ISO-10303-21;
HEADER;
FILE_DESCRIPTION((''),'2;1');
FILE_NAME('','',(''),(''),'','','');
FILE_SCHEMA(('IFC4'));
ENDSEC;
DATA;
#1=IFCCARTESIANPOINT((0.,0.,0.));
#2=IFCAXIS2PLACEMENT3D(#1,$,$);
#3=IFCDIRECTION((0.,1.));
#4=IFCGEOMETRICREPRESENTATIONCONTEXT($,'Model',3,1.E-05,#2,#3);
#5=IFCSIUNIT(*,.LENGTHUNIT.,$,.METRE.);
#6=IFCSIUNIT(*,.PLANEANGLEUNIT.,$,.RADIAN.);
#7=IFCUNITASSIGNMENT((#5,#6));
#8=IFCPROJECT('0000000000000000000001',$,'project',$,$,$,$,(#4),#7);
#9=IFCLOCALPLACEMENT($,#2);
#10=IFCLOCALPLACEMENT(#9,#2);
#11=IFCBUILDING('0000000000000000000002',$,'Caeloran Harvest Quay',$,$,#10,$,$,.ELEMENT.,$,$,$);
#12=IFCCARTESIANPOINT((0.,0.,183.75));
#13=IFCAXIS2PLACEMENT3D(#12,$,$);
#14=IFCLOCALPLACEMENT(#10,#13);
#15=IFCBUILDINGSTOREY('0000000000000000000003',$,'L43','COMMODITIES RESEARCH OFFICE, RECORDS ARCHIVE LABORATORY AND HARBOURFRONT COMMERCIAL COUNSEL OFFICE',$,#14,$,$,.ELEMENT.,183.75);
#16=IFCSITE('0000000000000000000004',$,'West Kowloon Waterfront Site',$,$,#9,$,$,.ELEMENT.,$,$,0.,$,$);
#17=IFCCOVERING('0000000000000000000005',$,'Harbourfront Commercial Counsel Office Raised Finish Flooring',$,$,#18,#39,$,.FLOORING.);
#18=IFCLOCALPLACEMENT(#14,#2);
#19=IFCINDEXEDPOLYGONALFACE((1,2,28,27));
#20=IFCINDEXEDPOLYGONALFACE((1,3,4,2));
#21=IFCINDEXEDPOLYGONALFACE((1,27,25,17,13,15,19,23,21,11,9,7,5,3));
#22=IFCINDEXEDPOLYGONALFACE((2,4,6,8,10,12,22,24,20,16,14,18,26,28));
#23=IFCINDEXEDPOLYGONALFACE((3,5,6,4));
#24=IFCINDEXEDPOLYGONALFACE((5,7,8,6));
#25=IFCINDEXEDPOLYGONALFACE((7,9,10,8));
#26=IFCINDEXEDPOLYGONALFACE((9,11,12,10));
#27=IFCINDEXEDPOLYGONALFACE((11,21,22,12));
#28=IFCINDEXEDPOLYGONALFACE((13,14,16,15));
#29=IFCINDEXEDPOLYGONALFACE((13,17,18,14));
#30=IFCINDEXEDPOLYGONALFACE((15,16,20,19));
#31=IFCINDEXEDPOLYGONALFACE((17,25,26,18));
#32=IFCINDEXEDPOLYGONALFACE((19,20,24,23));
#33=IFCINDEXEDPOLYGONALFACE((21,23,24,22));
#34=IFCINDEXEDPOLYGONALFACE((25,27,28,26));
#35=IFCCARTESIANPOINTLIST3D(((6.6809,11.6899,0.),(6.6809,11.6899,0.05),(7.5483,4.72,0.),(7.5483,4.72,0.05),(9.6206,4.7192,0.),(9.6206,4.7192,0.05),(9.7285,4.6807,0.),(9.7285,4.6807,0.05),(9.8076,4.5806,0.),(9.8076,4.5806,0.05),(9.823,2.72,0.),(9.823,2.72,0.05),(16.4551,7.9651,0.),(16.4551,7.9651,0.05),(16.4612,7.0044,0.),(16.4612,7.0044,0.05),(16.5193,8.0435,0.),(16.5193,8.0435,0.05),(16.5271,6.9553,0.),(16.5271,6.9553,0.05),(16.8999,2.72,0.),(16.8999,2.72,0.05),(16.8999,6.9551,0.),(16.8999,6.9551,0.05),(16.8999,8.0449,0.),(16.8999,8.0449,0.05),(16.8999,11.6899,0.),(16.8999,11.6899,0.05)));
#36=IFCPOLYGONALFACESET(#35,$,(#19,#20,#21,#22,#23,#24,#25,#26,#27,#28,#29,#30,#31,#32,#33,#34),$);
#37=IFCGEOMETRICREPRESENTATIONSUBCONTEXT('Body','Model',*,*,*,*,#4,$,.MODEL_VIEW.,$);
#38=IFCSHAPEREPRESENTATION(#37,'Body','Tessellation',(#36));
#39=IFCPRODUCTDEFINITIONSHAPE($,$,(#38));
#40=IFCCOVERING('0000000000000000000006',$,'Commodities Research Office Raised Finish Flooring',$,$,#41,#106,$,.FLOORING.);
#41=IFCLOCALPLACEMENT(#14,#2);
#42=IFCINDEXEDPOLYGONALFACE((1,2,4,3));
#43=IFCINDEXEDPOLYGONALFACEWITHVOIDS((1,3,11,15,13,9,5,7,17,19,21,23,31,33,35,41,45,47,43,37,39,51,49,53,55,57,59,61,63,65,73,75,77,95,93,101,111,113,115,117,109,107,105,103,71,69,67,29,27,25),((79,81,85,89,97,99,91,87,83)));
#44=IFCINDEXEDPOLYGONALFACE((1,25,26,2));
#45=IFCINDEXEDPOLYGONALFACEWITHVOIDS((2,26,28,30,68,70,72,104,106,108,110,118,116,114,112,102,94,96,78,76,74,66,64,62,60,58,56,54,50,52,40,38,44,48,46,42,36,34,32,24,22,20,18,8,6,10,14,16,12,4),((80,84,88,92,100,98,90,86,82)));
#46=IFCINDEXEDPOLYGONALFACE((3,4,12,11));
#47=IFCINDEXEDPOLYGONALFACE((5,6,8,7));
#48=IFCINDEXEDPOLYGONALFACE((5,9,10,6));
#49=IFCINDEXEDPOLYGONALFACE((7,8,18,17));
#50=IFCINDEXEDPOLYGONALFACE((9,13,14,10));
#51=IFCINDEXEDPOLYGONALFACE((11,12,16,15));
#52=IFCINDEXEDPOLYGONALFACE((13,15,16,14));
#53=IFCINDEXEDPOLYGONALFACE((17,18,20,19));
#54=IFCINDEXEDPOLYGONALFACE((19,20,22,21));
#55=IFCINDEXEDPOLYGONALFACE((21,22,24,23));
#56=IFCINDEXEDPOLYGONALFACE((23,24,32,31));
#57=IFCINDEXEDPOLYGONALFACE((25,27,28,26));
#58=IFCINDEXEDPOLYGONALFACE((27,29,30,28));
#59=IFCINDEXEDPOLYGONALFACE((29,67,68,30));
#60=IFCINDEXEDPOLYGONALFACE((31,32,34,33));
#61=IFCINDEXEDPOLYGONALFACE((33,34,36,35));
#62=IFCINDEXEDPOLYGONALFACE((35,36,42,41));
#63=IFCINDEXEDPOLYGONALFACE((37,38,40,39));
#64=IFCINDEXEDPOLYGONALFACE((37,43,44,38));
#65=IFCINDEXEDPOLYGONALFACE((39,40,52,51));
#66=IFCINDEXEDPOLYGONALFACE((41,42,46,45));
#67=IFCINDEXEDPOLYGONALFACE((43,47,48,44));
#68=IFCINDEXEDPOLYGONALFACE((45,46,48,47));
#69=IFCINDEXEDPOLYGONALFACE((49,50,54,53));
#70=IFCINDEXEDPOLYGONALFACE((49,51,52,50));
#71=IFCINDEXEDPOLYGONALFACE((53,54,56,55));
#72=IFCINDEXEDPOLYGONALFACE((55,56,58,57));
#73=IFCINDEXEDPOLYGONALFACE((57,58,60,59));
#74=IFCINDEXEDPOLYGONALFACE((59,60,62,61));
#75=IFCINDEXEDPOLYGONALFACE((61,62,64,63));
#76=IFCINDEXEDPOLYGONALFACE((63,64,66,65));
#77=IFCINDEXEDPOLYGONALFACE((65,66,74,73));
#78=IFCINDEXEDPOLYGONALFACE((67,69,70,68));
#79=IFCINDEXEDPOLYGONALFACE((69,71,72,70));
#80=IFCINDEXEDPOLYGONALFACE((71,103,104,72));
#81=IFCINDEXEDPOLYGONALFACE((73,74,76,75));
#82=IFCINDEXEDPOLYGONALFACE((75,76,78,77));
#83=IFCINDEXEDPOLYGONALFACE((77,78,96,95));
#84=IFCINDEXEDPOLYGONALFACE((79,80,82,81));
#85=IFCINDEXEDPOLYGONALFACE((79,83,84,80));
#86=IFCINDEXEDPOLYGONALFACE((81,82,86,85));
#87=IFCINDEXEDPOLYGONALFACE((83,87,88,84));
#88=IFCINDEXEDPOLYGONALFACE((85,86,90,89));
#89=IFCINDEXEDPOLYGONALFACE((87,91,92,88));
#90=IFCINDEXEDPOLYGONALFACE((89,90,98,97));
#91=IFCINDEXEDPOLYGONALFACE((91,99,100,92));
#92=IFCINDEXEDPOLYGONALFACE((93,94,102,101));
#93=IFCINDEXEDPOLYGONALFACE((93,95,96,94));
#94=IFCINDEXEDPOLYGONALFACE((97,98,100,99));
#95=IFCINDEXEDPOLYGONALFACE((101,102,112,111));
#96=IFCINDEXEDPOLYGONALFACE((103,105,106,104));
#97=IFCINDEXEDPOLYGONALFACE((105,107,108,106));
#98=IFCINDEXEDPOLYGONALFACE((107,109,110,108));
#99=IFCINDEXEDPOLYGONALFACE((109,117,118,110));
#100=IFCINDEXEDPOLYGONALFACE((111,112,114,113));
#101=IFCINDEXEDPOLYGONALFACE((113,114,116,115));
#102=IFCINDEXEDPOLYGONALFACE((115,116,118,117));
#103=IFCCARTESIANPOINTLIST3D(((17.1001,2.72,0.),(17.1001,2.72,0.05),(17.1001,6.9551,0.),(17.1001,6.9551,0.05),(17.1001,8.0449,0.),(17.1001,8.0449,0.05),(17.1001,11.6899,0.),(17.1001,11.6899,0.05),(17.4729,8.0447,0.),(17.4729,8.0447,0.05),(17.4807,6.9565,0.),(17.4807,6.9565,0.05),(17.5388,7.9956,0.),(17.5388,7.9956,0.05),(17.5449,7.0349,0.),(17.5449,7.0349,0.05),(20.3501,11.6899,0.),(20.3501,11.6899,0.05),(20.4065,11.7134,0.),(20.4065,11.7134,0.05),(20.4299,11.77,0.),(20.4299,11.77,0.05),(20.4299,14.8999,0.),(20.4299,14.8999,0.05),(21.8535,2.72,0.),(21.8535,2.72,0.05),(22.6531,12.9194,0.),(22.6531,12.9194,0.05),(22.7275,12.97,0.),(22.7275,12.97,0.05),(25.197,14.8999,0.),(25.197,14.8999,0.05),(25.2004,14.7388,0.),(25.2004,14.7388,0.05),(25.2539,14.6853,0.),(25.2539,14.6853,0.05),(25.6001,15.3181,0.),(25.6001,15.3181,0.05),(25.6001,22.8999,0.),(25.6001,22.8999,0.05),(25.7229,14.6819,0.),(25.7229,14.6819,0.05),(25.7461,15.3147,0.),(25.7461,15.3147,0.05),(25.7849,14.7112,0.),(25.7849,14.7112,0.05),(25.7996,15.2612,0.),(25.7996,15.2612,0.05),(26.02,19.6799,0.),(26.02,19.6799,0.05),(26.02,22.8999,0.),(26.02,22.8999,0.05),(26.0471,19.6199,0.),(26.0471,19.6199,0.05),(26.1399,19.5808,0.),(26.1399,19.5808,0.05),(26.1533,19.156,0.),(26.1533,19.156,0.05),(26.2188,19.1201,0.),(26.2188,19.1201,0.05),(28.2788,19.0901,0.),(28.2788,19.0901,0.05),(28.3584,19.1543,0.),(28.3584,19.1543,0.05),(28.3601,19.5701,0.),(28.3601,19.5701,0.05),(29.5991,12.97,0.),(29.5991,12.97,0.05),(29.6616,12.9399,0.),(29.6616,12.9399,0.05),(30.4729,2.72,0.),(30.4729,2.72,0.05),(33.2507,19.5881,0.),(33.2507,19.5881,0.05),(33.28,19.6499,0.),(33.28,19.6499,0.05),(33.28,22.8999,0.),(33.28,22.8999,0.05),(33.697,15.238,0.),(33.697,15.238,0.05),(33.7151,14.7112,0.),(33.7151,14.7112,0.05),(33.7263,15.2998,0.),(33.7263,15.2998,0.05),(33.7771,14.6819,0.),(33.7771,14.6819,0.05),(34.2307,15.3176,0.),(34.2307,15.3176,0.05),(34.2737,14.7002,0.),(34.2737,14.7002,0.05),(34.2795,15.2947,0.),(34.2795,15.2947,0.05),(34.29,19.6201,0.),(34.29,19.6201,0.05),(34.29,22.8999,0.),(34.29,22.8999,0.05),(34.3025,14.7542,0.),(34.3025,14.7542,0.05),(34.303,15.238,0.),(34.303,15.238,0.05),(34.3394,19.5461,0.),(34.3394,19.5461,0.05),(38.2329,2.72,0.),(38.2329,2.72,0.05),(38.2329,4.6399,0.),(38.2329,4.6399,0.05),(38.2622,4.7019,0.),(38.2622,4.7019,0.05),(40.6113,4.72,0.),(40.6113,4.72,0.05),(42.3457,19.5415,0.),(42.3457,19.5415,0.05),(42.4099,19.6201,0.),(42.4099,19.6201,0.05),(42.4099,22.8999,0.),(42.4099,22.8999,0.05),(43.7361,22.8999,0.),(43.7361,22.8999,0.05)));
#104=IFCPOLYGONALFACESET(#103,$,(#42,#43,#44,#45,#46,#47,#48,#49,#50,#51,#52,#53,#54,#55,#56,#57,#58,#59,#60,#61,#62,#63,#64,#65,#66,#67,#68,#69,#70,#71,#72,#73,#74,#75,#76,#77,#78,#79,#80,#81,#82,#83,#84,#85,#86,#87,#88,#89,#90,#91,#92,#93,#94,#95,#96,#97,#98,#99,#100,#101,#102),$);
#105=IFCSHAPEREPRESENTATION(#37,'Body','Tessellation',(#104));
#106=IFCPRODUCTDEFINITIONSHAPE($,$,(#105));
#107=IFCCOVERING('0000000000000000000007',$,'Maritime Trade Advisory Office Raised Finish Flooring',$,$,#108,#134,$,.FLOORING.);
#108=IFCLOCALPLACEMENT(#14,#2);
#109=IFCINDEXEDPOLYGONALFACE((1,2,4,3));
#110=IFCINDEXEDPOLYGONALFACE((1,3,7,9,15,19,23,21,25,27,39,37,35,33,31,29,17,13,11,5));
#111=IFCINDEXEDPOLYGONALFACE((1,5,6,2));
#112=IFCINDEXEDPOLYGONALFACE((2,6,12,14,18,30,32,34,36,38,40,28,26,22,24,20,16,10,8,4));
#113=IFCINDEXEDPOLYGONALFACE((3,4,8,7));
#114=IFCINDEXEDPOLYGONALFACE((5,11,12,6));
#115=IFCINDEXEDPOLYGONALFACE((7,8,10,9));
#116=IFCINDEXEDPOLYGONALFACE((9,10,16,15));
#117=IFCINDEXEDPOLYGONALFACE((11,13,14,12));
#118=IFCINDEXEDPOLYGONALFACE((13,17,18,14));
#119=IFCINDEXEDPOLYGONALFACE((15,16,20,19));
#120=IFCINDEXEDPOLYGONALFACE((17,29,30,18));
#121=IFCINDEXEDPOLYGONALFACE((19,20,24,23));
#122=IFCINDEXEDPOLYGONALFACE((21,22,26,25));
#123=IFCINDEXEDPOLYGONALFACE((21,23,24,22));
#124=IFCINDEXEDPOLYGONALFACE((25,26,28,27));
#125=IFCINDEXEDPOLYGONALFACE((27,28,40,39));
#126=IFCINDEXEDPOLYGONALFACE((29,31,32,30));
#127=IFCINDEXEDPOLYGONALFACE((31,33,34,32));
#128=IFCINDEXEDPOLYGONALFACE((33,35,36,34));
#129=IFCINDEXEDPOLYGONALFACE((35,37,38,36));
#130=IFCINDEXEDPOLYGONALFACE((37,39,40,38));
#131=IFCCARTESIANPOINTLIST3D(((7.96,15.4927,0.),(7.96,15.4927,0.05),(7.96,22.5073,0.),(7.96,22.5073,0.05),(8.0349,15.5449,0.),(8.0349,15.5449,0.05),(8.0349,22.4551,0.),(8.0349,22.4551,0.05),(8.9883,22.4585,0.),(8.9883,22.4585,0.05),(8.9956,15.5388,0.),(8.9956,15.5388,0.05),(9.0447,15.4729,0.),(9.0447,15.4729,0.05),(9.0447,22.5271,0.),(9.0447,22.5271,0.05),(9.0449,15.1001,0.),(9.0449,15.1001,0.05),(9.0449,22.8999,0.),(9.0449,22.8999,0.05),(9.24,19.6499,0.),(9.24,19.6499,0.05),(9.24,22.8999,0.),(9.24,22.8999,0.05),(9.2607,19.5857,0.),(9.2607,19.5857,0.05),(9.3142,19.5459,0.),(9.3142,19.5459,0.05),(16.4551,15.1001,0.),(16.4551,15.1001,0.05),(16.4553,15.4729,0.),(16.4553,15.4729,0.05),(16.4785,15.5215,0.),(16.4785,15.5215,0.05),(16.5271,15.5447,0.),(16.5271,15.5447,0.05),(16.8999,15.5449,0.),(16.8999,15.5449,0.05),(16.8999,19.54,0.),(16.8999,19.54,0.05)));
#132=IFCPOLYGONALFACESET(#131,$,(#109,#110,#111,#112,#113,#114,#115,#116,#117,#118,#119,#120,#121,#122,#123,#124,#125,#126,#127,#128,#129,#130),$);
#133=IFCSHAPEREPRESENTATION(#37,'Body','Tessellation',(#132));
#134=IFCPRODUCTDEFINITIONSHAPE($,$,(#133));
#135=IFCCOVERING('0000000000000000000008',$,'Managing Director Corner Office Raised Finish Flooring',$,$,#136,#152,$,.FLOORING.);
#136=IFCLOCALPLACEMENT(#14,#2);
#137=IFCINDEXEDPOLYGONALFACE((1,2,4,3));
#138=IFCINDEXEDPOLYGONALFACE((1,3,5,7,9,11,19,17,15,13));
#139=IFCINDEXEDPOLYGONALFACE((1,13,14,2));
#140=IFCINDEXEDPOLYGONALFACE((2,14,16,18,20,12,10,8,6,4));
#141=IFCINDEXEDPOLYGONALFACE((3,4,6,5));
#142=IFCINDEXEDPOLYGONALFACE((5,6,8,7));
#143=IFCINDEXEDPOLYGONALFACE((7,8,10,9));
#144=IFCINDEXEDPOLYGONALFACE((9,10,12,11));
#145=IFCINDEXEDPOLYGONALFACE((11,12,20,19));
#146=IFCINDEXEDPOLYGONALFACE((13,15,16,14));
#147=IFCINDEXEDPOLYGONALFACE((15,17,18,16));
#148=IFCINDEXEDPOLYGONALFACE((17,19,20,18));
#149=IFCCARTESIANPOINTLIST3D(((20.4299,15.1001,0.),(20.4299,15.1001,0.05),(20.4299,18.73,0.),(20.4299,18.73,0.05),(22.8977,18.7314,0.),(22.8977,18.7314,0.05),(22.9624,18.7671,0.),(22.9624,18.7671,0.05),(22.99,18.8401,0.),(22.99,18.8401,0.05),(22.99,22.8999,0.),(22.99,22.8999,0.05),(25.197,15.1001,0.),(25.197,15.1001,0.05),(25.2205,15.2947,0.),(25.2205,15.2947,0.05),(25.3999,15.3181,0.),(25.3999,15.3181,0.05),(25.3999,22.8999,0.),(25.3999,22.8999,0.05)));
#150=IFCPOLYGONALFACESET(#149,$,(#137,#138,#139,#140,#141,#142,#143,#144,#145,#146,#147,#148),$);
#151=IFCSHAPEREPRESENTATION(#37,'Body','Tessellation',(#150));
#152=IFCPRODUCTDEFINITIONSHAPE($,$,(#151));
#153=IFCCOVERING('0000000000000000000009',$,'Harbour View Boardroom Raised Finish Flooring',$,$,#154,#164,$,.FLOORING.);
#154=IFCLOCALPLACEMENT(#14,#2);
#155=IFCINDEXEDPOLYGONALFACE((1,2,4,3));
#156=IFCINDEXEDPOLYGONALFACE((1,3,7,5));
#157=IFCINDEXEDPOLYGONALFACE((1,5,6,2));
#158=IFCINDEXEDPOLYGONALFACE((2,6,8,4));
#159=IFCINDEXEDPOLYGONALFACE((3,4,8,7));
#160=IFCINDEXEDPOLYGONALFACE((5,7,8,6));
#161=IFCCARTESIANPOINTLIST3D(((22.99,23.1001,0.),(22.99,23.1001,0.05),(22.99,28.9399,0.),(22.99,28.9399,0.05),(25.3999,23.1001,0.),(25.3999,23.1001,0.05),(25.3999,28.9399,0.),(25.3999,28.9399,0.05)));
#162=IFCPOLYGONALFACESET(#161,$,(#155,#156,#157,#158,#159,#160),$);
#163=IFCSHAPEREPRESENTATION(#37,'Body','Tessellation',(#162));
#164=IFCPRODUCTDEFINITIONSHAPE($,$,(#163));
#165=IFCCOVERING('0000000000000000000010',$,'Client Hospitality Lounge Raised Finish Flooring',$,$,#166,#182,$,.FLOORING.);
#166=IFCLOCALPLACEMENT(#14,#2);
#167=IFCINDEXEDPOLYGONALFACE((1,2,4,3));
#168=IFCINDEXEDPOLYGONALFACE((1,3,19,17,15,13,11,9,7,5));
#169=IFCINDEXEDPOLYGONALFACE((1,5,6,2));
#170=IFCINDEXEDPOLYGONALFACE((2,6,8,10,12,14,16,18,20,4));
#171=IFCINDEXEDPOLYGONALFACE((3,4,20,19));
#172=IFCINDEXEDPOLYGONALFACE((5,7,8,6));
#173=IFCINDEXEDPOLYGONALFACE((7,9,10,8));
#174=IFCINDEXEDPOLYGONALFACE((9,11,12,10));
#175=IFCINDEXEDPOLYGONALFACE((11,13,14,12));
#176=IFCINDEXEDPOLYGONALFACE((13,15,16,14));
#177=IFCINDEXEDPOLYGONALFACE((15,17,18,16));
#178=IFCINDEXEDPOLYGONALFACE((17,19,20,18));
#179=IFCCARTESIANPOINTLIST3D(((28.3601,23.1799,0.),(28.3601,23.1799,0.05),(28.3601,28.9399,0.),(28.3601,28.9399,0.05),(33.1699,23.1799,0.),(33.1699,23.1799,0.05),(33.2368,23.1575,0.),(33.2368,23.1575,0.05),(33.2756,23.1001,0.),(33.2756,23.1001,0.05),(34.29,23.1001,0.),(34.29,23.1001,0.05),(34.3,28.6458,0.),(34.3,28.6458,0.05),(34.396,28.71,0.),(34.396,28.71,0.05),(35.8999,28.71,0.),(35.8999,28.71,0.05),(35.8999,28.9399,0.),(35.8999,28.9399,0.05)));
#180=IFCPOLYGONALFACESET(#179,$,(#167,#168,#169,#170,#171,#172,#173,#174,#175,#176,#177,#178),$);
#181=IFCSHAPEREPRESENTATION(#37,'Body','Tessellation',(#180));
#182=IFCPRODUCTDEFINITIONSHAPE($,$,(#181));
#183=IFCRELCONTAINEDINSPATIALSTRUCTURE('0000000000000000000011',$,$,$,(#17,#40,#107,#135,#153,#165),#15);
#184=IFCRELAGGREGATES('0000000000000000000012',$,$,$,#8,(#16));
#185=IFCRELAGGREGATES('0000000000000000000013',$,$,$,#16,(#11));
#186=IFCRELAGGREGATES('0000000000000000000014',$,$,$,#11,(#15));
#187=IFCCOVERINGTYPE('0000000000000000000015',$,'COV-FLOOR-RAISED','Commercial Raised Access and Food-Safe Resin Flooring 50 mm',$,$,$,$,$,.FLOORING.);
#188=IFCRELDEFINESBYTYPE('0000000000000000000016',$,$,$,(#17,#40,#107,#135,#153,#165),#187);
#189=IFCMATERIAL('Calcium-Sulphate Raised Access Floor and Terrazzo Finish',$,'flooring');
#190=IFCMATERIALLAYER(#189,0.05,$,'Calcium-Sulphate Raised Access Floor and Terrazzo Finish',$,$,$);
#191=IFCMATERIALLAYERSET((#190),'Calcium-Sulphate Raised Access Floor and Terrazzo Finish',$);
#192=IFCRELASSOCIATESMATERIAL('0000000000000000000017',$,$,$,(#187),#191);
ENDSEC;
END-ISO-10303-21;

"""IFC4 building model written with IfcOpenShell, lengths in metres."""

from ifc_helpers import new_model, si_unit, direction, frame, origin, place, context, subcontext, project, spatial, polyline, outline, extrude, material, layer, layer_set, type_object, element, save


model = new_model("IFC4")

# Units and contexts
model_context = context("Model", 3, precision=1e-05, world=origin(), true_north=direction((0.0, 1.0)))
body_context = subcontext(model_context, "Body", "Model", "MODEL_VIEW")
ifc_project = project(units=[si_unit("LENGTHUNIT", "METRE"), si_unit("PLANEANGLEUNIT", "RADIAN")], contexts=[model_context])

# Site, building, storey
site_placement = place(None, origin())
site = spatial("IfcSite", under=ifc_project, at=site_placement, Name="West Kowloon Waterfront Site", CompositionType="ELEMENT", RefElevation=0.0)
building_placement = place(site_placement, origin())
building = spatial("IfcBuilding", under=site, at=building_placement, Name="Caeloran Harvest Quay", CompositionType="ELEMENT")
storey_placement = place(building_placement, frame((0.0, 0.0, 183.75)))
storey = spatial("IfcBuildingStorey", under=building, at=storey_placement, Name="L43", Description="COMMODITIES RESEARCH OFFICE, RECORDS ARCHIVE LABORATORY AND HARBOURFRONT COMMERCIAL COUNSEL OFFICE", CompositionType="ELEMENT", Elevation=183.75)

# Coverings
ifc_material_1 = material(Name="Calcium-Sulphate Raised Access Floor and Terrazzo Finish", Category="flooring")
ifc_layer_1 = layer(ifc_material_1, 0.05, Name="Calcium-Sulphate Raised Access Floor and Terrazzo Finish")
ifc_layer_set_1 = layer_set([ifc_layer_1], Name="Calcium-Sulphate Raised Access Floor and Terrazzo Finish")
covering_type_1 = type_object("IfcCoveringType", Name="COV-FLOOR-RAISED", Description="Commercial Raised Access and Food-Safe Resin Flooring 50 mm", PredefinedType="FLOORING", material=ifc_layer_set_1)
covering_1_placement = place(storey_placement, origin())
element("IfcCovering", 1, at=covering_1_placement, inside=storey, type_object=covering_type_1, Name="Harbourfront Commercial Counsel Office Raised Finish Flooring", PredefinedType="FLOORING", context=body_context, shape_type="SweptSolid", body=[
    extrude(outline(polyline([(9.8076, 4.5806), (9.7285, 4.6807), (9.6206, 4.7192), (7.5483, 4.72), (6.6809, 11.6899), (16.8999, 11.6899), (16.8999, 8.0449), (16.5193, 8.0435), (16.4551, 7.9651), (16.4612, 7.0044), (16.5271, 6.9553), (16.8999, 6.9551), (16.8999, 2.72), (9.823, 2.72), (9.8076, 4.5806)])), origin(), (0.0, 0.0, 1.0), 0.05),
])
covering_2_placement = place(storey_placement, origin())
element("IfcCovering", 2, at=covering_2_placement, inside=storey, type_object=covering_type_1, Name="Commodities Research Office Raised Finish Flooring", PredefinedType="FLOORING", context=body_context, shape_type="SweptSolid", body=[
    extrude(outline(polyline([(22.6531, 12.9194), (21.8535, 2.72), (17.1001, 2.72), (17.1001, 6.9551), (17.4807, 6.9565), (17.5449, 7.0349), (17.5388, 7.9956), (17.4729, 8.0447), (17.1001, 8.0449), (17.1001, 11.6899), (20.3501, 11.6899), (20.4065, 11.7134), (20.4299, 11.77), (20.4299, 14.8999), (25.197, 14.8999), (25.2004, 14.7388), (25.2539, 14.6853), (25.7229, 14.6819), (25.7849, 14.7112), (25.7996, 15.2612), (25.7461, 15.3147), (25.6001, 15.3181), (25.6001, 22.8999), (26.02, 22.8999), (26.02, 19.6799), (26.0471, 19.6199), (26.1399, 19.5808), (26.1533, 19.156), (26.2188, 19.1201), (28.2788, 19.0901), (28.3584, 19.1543), (28.3601, 19.5701), (33.2507, 19.5881), (33.28, 19.6499), (33.28, 22.8999), (34.29, 22.8999), (34.29, 19.6201), (34.3394, 19.5461), (42.3457, 19.5415), (42.4099, 19.6201), (42.4099, 22.8999), (43.7361, 22.8999), (40.6113, 4.72), (38.2622, 4.7019), (38.2329, 4.6399), (38.2329, 2.72), (30.4729, 2.72), (29.6616, 12.9399), (29.5991, 12.97), (22.7275, 12.97), (22.6531, 12.9194)]), holes=[polyline([(34.303, 15.238), (34.2795, 15.2947), (34.2307, 15.3176), (33.7263, 15.2998), (33.697, 15.238), (33.7151, 14.7112), (33.7771, 14.6819), (34.2737, 14.7002), (34.3025, 14.7542), (34.303, 15.238)])]), origin(), (0.0, 0.0, 1.0), 0.05),
])
covering_3_placement = place(storey_placement, origin())
element("IfcCovering", 3, at=covering_3_placement, inside=storey, type_object=covering_type_1, Name="Maritime Trade Advisory Office Raised Finish Flooring", PredefinedType="FLOORING", context=body_context, shape_type="SweptSolid", body=[
    extrude(outline(polyline([(7.96, 15.4927), (7.96, 22.5073), (8.0349, 22.4551), (8.9883, 22.4585), (9.0447, 22.5271), (9.0449, 22.8999), (9.24, 22.8999), (9.24, 19.6499), (9.2607, 19.5857), (9.3142, 19.5459), (16.8999, 19.54), (16.8999, 15.5449), (16.5271, 15.5447), (16.4785, 15.5215), (16.4553, 15.4729), (16.4551, 15.1001), (9.0449, 15.1001), (9.0447, 15.4729), (8.9956, 15.5388), (8.0349, 15.5449), (7.96, 15.4927)])), origin(), (0.0, 0.0, 1.0), 0.05),
])
covering_4_placement = place(storey_placement, origin())
element("IfcCovering", 4, at=covering_4_placement, inside=storey, type_object=covering_type_1, Name="Managing Director Corner Office Raised Finish Flooring", PredefinedType="FLOORING", context=body_context, shape_type="SweptSolid", body=[
    extrude(outline(polyline([(22.8977, 18.7314), (22.9624, 18.7671), (22.99, 18.8401), (22.99, 22.8999), (25.3999, 22.8999), (25.3999, 15.3181), (25.2205, 15.2947), (25.197, 15.1001), (20.4299, 15.1001), (20.4299, 18.73), (22.8977, 18.7314)])), origin(), (0.0, 0.0, 1.0), 0.05),
])
covering_5_placement = place(storey_placement, origin())
element("IfcCovering", 5, at=covering_5_placement, inside=storey, type_object=covering_type_1, Name="Harbour View Boardroom Raised Finish Flooring", PredefinedType="FLOORING", context=body_context, shape_type="SweptSolid", body=[
    extrude(outline(polyline([(22.99, 23.1001), (22.99, 28.9399), (25.3999, 28.9399), (25.3999, 23.1001), (22.99, 23.1001)])), origin(), (0.0, 0.0, 1.0), 0.05),
])
covering_6_placement = place(storey_placement, origin())
element("IfcCovering", 6, at=covering_6_placement, inside=storey, type_object=covering_type_1, Name="Client Hospitality Lounge Raised Finish Flooring", PredefinedType="FLOORING", context=body_context, shape_type="SweptSolid", body=[
    extrude(outline(polyline([(33.2756, 23.1001), (33.2368, 23.1575), (33.1699, 23.1799), (28.3601, 23.1799), (28.3601, 28.9399), (35.8999, 28.9399), (35.8999, 28.71), (34.396, 28.71), (34.3, 28.6458), (34.29, 23.1001), (33.2756, 23.1001)])), origin(), (0.0, 0.0, 1.0), 0.05),
])

save(model, "model.ifc")
